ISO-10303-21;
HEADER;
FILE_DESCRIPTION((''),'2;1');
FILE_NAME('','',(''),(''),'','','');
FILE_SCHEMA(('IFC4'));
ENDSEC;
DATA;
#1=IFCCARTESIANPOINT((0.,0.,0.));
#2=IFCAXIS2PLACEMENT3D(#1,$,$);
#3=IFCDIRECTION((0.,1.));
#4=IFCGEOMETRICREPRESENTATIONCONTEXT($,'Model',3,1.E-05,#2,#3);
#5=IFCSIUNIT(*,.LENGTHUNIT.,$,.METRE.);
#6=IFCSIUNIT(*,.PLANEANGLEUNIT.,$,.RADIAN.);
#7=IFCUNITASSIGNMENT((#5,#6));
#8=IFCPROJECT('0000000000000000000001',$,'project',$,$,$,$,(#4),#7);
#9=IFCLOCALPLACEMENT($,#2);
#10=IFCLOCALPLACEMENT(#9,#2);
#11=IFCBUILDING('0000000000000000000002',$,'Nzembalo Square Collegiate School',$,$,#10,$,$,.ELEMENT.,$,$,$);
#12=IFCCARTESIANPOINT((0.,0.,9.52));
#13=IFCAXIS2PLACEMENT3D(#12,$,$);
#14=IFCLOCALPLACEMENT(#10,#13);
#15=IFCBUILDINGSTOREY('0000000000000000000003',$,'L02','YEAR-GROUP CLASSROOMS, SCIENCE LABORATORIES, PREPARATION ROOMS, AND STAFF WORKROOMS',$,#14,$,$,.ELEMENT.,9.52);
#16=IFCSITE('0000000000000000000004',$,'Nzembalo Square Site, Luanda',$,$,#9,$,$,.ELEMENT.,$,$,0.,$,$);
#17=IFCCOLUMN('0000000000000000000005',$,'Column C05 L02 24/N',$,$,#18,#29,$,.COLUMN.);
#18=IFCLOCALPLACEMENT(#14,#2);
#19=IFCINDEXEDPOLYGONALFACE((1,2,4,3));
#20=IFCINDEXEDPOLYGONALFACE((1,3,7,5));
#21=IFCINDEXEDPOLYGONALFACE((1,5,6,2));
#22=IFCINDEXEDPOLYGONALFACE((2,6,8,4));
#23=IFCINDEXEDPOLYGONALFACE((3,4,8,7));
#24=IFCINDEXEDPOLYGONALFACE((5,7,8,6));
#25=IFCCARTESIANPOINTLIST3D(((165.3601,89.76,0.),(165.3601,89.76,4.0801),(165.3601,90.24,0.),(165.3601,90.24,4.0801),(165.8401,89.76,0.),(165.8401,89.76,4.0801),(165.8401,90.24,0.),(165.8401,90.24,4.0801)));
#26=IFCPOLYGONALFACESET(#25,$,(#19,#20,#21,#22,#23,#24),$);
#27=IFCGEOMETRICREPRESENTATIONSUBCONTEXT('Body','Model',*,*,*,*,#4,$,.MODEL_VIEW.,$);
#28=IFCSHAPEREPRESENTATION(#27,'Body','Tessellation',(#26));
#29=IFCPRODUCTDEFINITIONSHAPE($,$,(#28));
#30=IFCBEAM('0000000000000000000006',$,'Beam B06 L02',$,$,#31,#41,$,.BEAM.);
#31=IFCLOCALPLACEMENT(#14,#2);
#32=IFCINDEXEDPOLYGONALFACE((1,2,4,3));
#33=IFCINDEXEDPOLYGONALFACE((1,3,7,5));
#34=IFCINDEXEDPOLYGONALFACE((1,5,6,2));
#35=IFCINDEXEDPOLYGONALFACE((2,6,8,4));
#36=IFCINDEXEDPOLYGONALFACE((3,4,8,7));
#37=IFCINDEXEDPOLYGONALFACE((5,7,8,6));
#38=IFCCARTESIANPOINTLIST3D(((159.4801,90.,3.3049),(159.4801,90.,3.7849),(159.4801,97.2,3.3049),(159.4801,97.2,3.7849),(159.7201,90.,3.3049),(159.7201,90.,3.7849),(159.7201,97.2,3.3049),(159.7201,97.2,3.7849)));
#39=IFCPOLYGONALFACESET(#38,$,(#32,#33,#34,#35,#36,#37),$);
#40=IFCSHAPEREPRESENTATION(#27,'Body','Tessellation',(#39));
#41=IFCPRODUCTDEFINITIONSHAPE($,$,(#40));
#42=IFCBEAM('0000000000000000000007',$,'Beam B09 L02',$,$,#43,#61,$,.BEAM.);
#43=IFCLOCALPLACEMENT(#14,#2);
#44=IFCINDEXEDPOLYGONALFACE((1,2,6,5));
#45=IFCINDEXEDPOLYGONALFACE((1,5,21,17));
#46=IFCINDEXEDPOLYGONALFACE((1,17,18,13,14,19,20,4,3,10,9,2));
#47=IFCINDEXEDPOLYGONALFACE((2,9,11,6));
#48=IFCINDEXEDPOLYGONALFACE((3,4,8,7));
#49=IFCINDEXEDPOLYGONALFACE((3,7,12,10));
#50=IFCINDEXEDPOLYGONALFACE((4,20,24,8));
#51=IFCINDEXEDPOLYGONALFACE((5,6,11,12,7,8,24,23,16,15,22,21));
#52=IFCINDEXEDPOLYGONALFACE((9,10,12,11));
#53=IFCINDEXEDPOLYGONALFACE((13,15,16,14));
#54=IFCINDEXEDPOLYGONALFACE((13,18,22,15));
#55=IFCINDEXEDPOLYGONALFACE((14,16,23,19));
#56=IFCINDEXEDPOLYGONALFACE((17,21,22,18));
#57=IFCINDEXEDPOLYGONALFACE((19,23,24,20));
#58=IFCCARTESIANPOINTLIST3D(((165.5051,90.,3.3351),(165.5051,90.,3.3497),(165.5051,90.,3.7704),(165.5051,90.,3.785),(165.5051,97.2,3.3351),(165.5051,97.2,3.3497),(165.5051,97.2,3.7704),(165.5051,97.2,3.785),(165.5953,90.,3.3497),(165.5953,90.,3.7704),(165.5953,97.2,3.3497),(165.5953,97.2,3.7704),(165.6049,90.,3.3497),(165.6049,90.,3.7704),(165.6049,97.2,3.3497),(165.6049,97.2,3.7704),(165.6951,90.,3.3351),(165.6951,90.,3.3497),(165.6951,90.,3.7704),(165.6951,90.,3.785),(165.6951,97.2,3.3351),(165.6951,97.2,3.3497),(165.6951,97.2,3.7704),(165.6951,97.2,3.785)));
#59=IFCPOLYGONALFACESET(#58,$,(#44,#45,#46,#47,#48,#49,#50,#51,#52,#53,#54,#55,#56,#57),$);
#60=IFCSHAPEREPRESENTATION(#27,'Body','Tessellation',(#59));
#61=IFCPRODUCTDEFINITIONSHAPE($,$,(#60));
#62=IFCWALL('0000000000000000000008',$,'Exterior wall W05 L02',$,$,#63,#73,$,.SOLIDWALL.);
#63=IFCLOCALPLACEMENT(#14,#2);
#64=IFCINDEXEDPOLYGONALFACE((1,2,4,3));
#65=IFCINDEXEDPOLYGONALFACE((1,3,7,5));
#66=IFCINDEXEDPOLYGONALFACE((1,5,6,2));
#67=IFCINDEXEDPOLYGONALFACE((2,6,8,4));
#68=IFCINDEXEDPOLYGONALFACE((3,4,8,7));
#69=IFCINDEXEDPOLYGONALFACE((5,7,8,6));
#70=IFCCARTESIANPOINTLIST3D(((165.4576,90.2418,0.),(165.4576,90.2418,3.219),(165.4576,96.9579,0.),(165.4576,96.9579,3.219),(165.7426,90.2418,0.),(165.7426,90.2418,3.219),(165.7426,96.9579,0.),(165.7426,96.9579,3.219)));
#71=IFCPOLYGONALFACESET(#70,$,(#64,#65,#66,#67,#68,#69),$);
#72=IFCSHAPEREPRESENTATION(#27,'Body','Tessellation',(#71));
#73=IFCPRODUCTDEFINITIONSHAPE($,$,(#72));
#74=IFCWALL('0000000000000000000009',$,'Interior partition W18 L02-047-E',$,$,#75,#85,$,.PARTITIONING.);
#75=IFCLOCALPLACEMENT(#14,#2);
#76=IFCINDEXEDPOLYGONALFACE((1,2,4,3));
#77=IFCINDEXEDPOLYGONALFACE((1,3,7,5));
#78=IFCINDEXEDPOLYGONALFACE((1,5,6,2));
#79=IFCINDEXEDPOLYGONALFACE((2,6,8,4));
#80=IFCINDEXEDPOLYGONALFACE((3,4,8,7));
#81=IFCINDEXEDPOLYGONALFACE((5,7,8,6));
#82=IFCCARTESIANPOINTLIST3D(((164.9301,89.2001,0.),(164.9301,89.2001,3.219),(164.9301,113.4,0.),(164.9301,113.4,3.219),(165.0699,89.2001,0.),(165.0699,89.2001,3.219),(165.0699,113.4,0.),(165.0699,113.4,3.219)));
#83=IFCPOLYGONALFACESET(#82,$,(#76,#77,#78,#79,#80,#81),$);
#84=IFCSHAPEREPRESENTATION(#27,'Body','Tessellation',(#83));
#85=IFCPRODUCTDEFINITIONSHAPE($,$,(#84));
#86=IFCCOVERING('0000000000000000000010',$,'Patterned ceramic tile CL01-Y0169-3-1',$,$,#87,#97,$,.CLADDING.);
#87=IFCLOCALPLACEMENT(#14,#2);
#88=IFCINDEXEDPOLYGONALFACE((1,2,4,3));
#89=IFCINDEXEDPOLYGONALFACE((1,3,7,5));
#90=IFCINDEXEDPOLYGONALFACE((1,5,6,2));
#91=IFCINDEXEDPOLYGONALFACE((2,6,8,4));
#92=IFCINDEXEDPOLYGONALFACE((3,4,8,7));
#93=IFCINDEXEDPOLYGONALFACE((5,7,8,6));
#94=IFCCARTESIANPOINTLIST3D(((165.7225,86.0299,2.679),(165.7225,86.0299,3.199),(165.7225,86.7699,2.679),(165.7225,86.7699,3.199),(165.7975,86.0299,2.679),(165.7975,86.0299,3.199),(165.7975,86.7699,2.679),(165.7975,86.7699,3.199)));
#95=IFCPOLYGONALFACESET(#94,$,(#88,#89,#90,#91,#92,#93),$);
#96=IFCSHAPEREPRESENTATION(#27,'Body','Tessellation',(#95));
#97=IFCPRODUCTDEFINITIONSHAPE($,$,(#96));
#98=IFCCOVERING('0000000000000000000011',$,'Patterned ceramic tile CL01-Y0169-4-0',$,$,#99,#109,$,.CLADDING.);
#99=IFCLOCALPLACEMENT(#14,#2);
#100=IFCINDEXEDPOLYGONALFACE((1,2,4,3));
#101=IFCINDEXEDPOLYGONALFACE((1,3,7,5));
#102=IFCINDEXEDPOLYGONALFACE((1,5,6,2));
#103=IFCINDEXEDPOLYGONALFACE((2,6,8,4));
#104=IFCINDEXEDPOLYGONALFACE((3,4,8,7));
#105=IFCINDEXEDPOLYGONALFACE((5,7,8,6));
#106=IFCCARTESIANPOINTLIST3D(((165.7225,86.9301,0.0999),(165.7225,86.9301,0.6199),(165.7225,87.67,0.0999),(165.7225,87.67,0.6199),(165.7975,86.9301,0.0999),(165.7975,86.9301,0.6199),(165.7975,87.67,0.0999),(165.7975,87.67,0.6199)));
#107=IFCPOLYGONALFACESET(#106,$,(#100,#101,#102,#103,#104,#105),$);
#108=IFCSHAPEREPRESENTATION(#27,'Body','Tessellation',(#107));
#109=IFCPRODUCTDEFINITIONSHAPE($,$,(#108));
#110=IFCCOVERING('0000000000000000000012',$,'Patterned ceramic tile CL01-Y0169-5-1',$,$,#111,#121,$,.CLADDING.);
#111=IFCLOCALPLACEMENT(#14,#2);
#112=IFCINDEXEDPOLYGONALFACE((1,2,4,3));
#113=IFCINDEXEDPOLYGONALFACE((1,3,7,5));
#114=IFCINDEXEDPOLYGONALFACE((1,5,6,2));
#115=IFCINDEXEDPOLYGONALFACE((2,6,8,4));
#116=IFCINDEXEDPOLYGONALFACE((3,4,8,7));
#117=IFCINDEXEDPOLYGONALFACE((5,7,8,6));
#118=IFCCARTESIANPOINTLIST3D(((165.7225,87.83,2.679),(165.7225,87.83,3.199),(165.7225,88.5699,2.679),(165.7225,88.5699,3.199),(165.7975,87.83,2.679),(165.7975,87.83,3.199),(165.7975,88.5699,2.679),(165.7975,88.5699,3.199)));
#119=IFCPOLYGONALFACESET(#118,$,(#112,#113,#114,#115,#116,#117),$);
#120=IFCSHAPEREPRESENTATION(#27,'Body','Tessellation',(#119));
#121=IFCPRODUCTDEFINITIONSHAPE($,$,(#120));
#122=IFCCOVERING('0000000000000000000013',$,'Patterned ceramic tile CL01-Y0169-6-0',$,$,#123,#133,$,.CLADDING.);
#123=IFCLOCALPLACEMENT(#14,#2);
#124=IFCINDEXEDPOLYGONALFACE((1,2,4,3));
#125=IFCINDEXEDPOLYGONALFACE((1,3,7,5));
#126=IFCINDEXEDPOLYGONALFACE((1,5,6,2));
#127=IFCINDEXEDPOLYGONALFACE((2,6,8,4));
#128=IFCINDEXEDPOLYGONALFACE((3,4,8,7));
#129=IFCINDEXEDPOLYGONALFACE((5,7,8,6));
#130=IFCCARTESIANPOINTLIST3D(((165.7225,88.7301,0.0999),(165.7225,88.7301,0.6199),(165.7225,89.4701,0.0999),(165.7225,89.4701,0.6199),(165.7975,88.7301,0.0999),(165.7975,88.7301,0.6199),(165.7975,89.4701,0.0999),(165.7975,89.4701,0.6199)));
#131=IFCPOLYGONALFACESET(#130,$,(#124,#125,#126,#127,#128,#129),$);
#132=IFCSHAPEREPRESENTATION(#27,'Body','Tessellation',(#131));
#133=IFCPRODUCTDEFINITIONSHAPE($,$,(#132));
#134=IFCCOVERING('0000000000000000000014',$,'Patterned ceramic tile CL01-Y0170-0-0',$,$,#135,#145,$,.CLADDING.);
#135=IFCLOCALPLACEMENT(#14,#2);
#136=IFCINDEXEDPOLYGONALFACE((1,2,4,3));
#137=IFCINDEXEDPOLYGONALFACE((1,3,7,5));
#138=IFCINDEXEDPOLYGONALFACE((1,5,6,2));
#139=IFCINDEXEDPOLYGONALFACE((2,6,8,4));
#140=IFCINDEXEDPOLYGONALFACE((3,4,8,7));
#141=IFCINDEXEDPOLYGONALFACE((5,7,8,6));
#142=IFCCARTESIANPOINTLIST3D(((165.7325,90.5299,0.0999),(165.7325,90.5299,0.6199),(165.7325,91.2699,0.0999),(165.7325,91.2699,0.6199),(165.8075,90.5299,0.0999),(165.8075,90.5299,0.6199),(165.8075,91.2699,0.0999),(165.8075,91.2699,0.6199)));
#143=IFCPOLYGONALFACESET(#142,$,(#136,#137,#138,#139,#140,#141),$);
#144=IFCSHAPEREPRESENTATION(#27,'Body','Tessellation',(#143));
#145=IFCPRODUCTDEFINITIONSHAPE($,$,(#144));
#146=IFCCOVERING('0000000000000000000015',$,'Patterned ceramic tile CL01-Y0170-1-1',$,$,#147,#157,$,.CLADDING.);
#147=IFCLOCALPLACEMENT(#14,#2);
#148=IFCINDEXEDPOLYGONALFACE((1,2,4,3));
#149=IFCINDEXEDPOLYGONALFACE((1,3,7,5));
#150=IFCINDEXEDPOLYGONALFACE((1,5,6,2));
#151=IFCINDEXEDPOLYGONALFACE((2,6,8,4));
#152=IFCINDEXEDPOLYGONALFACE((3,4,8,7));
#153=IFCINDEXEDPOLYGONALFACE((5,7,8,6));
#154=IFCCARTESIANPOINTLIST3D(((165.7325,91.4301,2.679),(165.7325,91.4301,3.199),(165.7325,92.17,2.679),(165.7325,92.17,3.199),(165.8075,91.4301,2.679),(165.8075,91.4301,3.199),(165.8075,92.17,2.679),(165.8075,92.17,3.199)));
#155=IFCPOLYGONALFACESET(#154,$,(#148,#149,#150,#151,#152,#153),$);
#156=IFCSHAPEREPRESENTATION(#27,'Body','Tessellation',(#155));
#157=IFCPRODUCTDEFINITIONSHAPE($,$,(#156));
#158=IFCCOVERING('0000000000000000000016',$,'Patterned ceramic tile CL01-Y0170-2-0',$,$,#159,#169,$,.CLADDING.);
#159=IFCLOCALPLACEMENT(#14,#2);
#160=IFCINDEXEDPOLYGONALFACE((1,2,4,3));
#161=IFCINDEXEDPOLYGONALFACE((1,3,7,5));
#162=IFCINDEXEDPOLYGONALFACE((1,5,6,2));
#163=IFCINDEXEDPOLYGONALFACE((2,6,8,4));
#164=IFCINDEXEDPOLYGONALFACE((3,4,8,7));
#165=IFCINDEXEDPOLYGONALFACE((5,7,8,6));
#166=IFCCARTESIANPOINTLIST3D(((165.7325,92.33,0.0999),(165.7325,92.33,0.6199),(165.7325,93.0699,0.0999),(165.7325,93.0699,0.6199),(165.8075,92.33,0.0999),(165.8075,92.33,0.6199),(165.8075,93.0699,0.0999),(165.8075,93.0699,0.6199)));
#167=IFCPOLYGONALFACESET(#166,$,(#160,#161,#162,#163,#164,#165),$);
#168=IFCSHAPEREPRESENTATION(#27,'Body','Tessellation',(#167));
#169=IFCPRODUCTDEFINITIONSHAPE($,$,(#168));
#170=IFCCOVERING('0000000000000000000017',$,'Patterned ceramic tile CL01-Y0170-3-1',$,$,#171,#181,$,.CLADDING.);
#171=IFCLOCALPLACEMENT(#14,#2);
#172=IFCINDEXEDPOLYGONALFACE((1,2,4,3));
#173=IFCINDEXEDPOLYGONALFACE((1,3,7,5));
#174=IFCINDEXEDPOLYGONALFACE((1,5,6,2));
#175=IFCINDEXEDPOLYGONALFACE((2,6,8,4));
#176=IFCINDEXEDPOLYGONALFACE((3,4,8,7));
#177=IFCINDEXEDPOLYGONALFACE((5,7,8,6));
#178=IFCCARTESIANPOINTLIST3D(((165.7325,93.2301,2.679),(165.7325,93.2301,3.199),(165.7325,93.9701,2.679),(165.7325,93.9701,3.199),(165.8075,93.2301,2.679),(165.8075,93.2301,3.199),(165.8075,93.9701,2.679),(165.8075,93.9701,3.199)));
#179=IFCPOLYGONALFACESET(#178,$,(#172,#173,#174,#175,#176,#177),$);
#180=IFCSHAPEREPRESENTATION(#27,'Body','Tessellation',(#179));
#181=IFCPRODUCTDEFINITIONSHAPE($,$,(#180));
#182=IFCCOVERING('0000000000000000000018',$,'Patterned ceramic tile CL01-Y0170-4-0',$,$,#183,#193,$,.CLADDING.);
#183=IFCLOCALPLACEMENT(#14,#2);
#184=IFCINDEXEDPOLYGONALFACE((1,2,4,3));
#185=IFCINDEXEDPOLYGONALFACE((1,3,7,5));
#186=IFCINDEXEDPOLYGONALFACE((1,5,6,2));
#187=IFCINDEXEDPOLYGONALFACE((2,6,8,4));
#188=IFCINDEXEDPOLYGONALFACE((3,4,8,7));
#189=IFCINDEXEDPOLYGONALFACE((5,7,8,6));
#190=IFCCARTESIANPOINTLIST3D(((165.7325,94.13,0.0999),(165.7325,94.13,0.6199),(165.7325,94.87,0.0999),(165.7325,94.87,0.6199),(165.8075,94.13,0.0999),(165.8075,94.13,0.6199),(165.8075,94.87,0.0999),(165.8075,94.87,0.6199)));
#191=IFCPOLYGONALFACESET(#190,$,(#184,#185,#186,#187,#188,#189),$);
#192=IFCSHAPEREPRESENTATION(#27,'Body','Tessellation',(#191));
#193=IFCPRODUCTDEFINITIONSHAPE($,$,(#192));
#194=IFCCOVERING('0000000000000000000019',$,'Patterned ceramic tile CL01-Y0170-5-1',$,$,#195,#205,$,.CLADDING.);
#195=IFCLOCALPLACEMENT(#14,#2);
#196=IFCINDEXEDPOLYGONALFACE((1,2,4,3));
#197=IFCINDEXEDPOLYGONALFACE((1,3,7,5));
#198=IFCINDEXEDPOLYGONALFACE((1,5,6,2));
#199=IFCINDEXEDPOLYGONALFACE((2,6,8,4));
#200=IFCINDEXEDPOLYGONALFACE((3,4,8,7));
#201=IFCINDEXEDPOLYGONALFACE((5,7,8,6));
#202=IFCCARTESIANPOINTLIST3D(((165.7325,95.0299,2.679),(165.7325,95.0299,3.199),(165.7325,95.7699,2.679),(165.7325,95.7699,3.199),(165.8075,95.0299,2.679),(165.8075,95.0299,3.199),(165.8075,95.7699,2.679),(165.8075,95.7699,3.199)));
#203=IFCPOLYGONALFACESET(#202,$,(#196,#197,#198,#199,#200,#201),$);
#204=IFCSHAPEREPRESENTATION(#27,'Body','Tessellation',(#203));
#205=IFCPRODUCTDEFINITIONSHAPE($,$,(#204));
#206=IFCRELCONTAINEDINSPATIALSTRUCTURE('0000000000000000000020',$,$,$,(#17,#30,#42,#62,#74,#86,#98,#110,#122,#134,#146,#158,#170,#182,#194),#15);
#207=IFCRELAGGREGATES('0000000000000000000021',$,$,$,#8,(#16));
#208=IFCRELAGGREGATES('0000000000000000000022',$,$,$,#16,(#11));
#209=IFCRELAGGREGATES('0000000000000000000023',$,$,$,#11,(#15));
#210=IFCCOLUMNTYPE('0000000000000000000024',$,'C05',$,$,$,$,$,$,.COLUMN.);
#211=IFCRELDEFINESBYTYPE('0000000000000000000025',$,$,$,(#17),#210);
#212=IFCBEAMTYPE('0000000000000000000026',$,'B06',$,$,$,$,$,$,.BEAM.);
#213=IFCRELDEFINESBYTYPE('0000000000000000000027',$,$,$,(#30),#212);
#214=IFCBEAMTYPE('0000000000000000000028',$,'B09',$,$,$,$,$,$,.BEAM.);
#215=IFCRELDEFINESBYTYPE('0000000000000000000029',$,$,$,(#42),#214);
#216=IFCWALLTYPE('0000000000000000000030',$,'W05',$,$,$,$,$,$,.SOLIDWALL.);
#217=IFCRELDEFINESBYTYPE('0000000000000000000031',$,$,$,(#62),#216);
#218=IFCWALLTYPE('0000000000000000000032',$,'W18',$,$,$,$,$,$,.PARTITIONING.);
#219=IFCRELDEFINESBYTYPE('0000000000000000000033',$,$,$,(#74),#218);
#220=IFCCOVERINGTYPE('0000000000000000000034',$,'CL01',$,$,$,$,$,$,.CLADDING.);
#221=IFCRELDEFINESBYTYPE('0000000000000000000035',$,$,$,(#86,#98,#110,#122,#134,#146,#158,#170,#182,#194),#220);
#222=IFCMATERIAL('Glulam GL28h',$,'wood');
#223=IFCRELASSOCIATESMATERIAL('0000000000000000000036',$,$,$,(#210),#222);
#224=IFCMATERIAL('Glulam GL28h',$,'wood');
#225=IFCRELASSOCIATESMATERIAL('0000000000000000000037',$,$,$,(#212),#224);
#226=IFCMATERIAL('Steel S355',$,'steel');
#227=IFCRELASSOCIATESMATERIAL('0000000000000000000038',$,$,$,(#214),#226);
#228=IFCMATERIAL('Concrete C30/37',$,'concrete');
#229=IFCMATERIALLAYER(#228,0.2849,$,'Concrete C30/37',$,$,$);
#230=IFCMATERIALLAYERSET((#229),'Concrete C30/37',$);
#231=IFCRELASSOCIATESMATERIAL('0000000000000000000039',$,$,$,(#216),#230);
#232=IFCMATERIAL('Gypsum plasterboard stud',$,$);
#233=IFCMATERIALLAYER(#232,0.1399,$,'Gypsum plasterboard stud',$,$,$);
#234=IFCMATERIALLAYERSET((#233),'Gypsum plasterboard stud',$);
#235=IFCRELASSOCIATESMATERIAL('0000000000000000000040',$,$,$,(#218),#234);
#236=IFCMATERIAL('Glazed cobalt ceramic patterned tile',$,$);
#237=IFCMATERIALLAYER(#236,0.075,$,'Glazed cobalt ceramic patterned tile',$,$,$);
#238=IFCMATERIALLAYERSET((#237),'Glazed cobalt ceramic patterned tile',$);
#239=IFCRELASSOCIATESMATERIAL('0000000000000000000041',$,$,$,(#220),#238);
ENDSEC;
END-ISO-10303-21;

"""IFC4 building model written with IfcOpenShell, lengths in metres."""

from ifc_helpers import new_model, si_unit, direction, frame, frame_2d, origin, origin_2d, place, context, subcontext, project, spatial, rectangle, i_section, extrude, material, layer, layer_set, material_profile, profile_set, type_object, element, save


model = new_model("IFC4")

# Units and contexts
model_context = context("Model", 3, precision=1e-05, world=origin(), true_north=direction((0.0, 1.0)))
body_context = subcontext(model_context, "Body", "Model", "MODEL_VIEW")
ifc_project = project(units=[si_unit("LENGTHUNIT", "METRE"), si_unit("PLANEANGLEUNIT", "RADIAN")], contexts=[model_context])

# Site, building, storey
site_placement = place(None, origin())
site = spatial("IfcSite", under=ifc_project, at=site_placement, Name="Nzembalo Square Site, Luanda", CompositionType="ELEMENT", RefElevation=0.0)
building_placement = place(site_placement, origin())
building = spatial("IfcBuilding", under=site, at=building_placement, Name="Nzembalo Square Collegiate School", CompositionType="ELEMENT")
storey_placement = place(building_placement, frame((0.0, 0.0, 9.52)))
storey = spatial("IfcBuildingStorey", under=building, at=storey_placement, Name="L02", Description="YEAR-GROUP CLASSROOMS, SCIENCE LABORATORIES, PREPARATION ROOMS, AND STAFF WORKROOMS", CompositionType="ELEMENT", Elevation=9.52)

# Column
ifc_material_1 = material(Name="Glulam GL28h", Category="wood")
ifc_material_profile_1 = material_profile(ifc_material_1, rectangle(XDim=0.48, YDim=0.48, at=origin_2d()), Name="GL28h 480x480")
ifc_profile_set_1 = profile_set([ifc_material_profile_1], Name="Glulam GL28h")
column_type = type_object("IfcColumnType", Name="C05", PredefinedType="COLUMN", material=ifc_profile_set_1)
column_placement = place(storey_placement, frame((165.6001, 90.0, 0.0), z_axis=(0.0, 0.0, 1.0), x_axis=(1.0, 0.0, 0.0)))
element("IfcColumn", 1, at=column_placement, inside=storey, type_object=column_type, Name="Column C05 L02 24/N", PredefinedType="COLUMN", context=body_context, shape_type="SweptSolid", body=[
    extrude(rectangle(XDim=0.48, YDim=0.48, at=origin_2d()), origin(), (0.0, 0.0, 1.0), 4.0801),
])

# Beams
ifc_material_2 = material(Name="Glulam GL28h", Category="wood")
ifc_material_profile_2 = material_profile(ifc_material_2, rectangle(XDim=0.24, YDim=0.48, at=origin_2d()), Name="GL28h 240x480")
ifc_profile_set_2 = profile_set([ifc_material_profile_2], Name="Glulam GL28h")
beam_type_1 = type_object("IfcBeamType", Name="B06", PredefinedType="BEAM", material=ifc_profile_set_2)
beam_1_placement = place(storey_placement, frame((159.6001, 90.0, 3.5449), z_axis=(0.0, 1.0, 0.0), x_axis=(-1.0, 0.0, 0.0)))
element("IfcBeam", 2, at=beam_1_placement, inside=storey, type_object=beam_type_1, Name="Beam B06 L02", PredefinedType="BEAM", context=body_context, shape_type="SweptSolid", body=[
    extrude(rectangle(XDim=0.24, YDim=0.48, at=origin_2d()), origin(), (0.0, 0.0, 1.0), 7.2),
])
ifc_material_3 = material(Name="Steel S355", Category="steel")
ifc_material_profile_3 = material_profile(ifc_material_3, i_section(OverallWidth=0.1899, OverallDepth=0.45, WebThickness=0.0095, FlangeThickness=0.0146, at=origin_2d()), Name="IPE 450")
ifc_profile_set_3 = profile_set([ifc_material_profile_3], Name="Steel S355")
beam_type_2 = type_object("IfcBeamType", Name="B09", PredefinedType="BEAM", material=ifc_profile_set_3)
beam_2_placement = place(storey_placement, frame((165.6001, 90.0, 3.5601), z_axis=(0.0, 1.0, 0.0), x_axis=(-1.0, 0.0, 0.0)))
element("IfcBeam", 3, at=beam_2_placement, inside=storey, type_object=beam_type_2, Name="Beam B09 L02", PredefinedType="BEAM", context=body_context, shape_type="SweptSolid", body=[
    extrude(i_section(OverallWidth=0.1899, OverallDepth=0.45, WebThickness=0.0095, FlangeThickness=0.0146, at=origin_2d()), origin(), (0.0, 0.0, 1.0), 7.2),
])

# Walls
ifc_material_4 = material(Name="Concrete C30/37", Category="concrete")
ifc_layer_1 = layer(ifc_material_4, 0.2849, Name="Concrete C30/37")
ifc_layer_set_1 = layer_set([ifc_layer_1], Name="Concrete C30/37")
wall_type_1 = type_object("IfcWallType", Name="W05", PredefinedType="SOLIDWALL", material=ifc_layer_set_1)
wall_1_placement = place(storey_placement, frame((165.6001, 90.2419, 0.0), z_axis=(0.0, 0.0, 1.0), x_axis=(0.0, 1.0, 0.0)))
element("IfcWall", 4, at=wall_1_placement, inside=storey, type_object=wall_type_1, Name="Exterior wall W05 L02", PredefinedType="SOLIDWALL", context=body_context, shape_type="SweptSolid", body=[
    extrude(rectangle(XDim=6.7161, YDim=0.2849, at=frame_2d((3.3579, 0.0))), origin(), (0.0, 0.0, 1.0), 3.219),
])
ifc_material_5 = material(Name="Gypsum plasterboard stud")
ifc_layer_2 = layer(ifc_material_5, 0.1399, Name="Gypsum plasterboard stud")
ifc_layer_set_2 = layer_set([ifc_layer_2], Name="Gypsum plasterboard stud")
wall_type_2 = type_object("IfcWallType", Name="W18", PredefinedType="PARTITIONING", material=ifc_layer_set_2)
wall_2_placement = place(storey_placement, frame((165.0, 89.2, 0.0), z_axis=(0.0, 0.0, 1.0), x_axis=(0.0, 1.0, 0.0)))
element("IfcWall", 5, at=wall_2_placement, inside=storey, type_object=wall_type_2, Name="Interior partition W18 L02-047-E", PredefinedType="PARTITIONING", context=body_context, shape_type="SweptSolid", body=[
    extrude(rectangle(XDim=24.2, YDim=0.1399, at=frame_2d((12.1001, 0.0))), origin(), (0.0, 0.0, 1.0), 3.219),
])

# Coverings
ifc_material_6 = material(Name="Glazed cobalt ceramic patterned tile")
ifc_layer_3 = layer(ifc_material_6, 0.075, Name="Glazed cobalt ceramic patterned tile")
ifc_layer_set_3 = layer_set([ifc_layer_3], Name="Glazed cobalt ceramic patterned tile")
covering_type_1 = type_object("IfcCoveringType", Name="CL01", PredefinedType="CLADDING", material=ifc_layer_set_3)
for number, where, z_axis, x_axis, name in (
    (6, (165.76, 86.3999, 2.679), (0.0, 0.0, 1.0), (1.0, 0.0, 0.0), "Patterned ceramic tile CL01-Y0169-3-1"),
    (7, (165.76, 87.3, 0.0999), (0.0, 0.0, 1.0), (1.0, 0.0, 0.0), "Patterned ceramic tile CL01-Y0169-4-0"),
    (8, (165.76, 88.2, 2.679), (0.0, 0.0, 1.0), (1.0, 0.0, 0.0), "Patterned ceramic tile CL01-Y0169-5-1"),
    (9, (165.76, 89.1001, 0.0999), (0.0, 0.0, 1.0), (1.0, 0.0, 0.0), "Patterned ceramic tile CL01-Y0169-6-0"),
    (10, (165.77, 90.8999, 0.0999), (0.0, 0.0, 1.0), (1.0, 0.0, 0.0), "Patterned ceramic tile CL01-Y0170-0-0"),
    (11, (165.77, 91.8, 2.679), (0.0, 0.0, 1.0), (1.0, 0.0, 0.0), "Patterned ceramic tile CL01-Y0170-1-1"),
    (12, (165.77, 92.7, 0.0999), (0.0, 0.0, 1.0), (1.0, 0.0, 0.0), "Patterned ceramic tile CL01-Y0170-2-0"),
    (13, (165.77, 93.6001, 2.679), (0.0, 0.0, 1.0), (1.0, 0.0, 0.0), "Patterned ceramic tile CL01-Y0170-3-1"),
    (14, (165.77, 94.5, 0.0999), (0.0, 0.0, 1.0), (1.0, 0.0, 0.0), "Patterned ceramic tile CL01-Y0170-4-0"),
    (15, (165.77, 95.3999, 2.679), (0.0, 0.0, 1.0), (1.0, 0.0, 0.0), "Patterned ceramic tile CL01-Y0170-5-1"),
):
    element("IfcCovering", number, at=place(storey_placement, frame(where, z_axis=z_axis, x_axis=x_axis)), inside=storey, type_object=covering_type_1, Name=name, PredefinedType="CLADDING", context=body_context, shape_type="SweptSolid", body=[
        extrude(rectangle(XDim=0.075, YDim=0.74, at=origin_2d()), origin(), (0.0, 0.0, 1.0), 0.52),
    ])

save(model, "model.ifc")
